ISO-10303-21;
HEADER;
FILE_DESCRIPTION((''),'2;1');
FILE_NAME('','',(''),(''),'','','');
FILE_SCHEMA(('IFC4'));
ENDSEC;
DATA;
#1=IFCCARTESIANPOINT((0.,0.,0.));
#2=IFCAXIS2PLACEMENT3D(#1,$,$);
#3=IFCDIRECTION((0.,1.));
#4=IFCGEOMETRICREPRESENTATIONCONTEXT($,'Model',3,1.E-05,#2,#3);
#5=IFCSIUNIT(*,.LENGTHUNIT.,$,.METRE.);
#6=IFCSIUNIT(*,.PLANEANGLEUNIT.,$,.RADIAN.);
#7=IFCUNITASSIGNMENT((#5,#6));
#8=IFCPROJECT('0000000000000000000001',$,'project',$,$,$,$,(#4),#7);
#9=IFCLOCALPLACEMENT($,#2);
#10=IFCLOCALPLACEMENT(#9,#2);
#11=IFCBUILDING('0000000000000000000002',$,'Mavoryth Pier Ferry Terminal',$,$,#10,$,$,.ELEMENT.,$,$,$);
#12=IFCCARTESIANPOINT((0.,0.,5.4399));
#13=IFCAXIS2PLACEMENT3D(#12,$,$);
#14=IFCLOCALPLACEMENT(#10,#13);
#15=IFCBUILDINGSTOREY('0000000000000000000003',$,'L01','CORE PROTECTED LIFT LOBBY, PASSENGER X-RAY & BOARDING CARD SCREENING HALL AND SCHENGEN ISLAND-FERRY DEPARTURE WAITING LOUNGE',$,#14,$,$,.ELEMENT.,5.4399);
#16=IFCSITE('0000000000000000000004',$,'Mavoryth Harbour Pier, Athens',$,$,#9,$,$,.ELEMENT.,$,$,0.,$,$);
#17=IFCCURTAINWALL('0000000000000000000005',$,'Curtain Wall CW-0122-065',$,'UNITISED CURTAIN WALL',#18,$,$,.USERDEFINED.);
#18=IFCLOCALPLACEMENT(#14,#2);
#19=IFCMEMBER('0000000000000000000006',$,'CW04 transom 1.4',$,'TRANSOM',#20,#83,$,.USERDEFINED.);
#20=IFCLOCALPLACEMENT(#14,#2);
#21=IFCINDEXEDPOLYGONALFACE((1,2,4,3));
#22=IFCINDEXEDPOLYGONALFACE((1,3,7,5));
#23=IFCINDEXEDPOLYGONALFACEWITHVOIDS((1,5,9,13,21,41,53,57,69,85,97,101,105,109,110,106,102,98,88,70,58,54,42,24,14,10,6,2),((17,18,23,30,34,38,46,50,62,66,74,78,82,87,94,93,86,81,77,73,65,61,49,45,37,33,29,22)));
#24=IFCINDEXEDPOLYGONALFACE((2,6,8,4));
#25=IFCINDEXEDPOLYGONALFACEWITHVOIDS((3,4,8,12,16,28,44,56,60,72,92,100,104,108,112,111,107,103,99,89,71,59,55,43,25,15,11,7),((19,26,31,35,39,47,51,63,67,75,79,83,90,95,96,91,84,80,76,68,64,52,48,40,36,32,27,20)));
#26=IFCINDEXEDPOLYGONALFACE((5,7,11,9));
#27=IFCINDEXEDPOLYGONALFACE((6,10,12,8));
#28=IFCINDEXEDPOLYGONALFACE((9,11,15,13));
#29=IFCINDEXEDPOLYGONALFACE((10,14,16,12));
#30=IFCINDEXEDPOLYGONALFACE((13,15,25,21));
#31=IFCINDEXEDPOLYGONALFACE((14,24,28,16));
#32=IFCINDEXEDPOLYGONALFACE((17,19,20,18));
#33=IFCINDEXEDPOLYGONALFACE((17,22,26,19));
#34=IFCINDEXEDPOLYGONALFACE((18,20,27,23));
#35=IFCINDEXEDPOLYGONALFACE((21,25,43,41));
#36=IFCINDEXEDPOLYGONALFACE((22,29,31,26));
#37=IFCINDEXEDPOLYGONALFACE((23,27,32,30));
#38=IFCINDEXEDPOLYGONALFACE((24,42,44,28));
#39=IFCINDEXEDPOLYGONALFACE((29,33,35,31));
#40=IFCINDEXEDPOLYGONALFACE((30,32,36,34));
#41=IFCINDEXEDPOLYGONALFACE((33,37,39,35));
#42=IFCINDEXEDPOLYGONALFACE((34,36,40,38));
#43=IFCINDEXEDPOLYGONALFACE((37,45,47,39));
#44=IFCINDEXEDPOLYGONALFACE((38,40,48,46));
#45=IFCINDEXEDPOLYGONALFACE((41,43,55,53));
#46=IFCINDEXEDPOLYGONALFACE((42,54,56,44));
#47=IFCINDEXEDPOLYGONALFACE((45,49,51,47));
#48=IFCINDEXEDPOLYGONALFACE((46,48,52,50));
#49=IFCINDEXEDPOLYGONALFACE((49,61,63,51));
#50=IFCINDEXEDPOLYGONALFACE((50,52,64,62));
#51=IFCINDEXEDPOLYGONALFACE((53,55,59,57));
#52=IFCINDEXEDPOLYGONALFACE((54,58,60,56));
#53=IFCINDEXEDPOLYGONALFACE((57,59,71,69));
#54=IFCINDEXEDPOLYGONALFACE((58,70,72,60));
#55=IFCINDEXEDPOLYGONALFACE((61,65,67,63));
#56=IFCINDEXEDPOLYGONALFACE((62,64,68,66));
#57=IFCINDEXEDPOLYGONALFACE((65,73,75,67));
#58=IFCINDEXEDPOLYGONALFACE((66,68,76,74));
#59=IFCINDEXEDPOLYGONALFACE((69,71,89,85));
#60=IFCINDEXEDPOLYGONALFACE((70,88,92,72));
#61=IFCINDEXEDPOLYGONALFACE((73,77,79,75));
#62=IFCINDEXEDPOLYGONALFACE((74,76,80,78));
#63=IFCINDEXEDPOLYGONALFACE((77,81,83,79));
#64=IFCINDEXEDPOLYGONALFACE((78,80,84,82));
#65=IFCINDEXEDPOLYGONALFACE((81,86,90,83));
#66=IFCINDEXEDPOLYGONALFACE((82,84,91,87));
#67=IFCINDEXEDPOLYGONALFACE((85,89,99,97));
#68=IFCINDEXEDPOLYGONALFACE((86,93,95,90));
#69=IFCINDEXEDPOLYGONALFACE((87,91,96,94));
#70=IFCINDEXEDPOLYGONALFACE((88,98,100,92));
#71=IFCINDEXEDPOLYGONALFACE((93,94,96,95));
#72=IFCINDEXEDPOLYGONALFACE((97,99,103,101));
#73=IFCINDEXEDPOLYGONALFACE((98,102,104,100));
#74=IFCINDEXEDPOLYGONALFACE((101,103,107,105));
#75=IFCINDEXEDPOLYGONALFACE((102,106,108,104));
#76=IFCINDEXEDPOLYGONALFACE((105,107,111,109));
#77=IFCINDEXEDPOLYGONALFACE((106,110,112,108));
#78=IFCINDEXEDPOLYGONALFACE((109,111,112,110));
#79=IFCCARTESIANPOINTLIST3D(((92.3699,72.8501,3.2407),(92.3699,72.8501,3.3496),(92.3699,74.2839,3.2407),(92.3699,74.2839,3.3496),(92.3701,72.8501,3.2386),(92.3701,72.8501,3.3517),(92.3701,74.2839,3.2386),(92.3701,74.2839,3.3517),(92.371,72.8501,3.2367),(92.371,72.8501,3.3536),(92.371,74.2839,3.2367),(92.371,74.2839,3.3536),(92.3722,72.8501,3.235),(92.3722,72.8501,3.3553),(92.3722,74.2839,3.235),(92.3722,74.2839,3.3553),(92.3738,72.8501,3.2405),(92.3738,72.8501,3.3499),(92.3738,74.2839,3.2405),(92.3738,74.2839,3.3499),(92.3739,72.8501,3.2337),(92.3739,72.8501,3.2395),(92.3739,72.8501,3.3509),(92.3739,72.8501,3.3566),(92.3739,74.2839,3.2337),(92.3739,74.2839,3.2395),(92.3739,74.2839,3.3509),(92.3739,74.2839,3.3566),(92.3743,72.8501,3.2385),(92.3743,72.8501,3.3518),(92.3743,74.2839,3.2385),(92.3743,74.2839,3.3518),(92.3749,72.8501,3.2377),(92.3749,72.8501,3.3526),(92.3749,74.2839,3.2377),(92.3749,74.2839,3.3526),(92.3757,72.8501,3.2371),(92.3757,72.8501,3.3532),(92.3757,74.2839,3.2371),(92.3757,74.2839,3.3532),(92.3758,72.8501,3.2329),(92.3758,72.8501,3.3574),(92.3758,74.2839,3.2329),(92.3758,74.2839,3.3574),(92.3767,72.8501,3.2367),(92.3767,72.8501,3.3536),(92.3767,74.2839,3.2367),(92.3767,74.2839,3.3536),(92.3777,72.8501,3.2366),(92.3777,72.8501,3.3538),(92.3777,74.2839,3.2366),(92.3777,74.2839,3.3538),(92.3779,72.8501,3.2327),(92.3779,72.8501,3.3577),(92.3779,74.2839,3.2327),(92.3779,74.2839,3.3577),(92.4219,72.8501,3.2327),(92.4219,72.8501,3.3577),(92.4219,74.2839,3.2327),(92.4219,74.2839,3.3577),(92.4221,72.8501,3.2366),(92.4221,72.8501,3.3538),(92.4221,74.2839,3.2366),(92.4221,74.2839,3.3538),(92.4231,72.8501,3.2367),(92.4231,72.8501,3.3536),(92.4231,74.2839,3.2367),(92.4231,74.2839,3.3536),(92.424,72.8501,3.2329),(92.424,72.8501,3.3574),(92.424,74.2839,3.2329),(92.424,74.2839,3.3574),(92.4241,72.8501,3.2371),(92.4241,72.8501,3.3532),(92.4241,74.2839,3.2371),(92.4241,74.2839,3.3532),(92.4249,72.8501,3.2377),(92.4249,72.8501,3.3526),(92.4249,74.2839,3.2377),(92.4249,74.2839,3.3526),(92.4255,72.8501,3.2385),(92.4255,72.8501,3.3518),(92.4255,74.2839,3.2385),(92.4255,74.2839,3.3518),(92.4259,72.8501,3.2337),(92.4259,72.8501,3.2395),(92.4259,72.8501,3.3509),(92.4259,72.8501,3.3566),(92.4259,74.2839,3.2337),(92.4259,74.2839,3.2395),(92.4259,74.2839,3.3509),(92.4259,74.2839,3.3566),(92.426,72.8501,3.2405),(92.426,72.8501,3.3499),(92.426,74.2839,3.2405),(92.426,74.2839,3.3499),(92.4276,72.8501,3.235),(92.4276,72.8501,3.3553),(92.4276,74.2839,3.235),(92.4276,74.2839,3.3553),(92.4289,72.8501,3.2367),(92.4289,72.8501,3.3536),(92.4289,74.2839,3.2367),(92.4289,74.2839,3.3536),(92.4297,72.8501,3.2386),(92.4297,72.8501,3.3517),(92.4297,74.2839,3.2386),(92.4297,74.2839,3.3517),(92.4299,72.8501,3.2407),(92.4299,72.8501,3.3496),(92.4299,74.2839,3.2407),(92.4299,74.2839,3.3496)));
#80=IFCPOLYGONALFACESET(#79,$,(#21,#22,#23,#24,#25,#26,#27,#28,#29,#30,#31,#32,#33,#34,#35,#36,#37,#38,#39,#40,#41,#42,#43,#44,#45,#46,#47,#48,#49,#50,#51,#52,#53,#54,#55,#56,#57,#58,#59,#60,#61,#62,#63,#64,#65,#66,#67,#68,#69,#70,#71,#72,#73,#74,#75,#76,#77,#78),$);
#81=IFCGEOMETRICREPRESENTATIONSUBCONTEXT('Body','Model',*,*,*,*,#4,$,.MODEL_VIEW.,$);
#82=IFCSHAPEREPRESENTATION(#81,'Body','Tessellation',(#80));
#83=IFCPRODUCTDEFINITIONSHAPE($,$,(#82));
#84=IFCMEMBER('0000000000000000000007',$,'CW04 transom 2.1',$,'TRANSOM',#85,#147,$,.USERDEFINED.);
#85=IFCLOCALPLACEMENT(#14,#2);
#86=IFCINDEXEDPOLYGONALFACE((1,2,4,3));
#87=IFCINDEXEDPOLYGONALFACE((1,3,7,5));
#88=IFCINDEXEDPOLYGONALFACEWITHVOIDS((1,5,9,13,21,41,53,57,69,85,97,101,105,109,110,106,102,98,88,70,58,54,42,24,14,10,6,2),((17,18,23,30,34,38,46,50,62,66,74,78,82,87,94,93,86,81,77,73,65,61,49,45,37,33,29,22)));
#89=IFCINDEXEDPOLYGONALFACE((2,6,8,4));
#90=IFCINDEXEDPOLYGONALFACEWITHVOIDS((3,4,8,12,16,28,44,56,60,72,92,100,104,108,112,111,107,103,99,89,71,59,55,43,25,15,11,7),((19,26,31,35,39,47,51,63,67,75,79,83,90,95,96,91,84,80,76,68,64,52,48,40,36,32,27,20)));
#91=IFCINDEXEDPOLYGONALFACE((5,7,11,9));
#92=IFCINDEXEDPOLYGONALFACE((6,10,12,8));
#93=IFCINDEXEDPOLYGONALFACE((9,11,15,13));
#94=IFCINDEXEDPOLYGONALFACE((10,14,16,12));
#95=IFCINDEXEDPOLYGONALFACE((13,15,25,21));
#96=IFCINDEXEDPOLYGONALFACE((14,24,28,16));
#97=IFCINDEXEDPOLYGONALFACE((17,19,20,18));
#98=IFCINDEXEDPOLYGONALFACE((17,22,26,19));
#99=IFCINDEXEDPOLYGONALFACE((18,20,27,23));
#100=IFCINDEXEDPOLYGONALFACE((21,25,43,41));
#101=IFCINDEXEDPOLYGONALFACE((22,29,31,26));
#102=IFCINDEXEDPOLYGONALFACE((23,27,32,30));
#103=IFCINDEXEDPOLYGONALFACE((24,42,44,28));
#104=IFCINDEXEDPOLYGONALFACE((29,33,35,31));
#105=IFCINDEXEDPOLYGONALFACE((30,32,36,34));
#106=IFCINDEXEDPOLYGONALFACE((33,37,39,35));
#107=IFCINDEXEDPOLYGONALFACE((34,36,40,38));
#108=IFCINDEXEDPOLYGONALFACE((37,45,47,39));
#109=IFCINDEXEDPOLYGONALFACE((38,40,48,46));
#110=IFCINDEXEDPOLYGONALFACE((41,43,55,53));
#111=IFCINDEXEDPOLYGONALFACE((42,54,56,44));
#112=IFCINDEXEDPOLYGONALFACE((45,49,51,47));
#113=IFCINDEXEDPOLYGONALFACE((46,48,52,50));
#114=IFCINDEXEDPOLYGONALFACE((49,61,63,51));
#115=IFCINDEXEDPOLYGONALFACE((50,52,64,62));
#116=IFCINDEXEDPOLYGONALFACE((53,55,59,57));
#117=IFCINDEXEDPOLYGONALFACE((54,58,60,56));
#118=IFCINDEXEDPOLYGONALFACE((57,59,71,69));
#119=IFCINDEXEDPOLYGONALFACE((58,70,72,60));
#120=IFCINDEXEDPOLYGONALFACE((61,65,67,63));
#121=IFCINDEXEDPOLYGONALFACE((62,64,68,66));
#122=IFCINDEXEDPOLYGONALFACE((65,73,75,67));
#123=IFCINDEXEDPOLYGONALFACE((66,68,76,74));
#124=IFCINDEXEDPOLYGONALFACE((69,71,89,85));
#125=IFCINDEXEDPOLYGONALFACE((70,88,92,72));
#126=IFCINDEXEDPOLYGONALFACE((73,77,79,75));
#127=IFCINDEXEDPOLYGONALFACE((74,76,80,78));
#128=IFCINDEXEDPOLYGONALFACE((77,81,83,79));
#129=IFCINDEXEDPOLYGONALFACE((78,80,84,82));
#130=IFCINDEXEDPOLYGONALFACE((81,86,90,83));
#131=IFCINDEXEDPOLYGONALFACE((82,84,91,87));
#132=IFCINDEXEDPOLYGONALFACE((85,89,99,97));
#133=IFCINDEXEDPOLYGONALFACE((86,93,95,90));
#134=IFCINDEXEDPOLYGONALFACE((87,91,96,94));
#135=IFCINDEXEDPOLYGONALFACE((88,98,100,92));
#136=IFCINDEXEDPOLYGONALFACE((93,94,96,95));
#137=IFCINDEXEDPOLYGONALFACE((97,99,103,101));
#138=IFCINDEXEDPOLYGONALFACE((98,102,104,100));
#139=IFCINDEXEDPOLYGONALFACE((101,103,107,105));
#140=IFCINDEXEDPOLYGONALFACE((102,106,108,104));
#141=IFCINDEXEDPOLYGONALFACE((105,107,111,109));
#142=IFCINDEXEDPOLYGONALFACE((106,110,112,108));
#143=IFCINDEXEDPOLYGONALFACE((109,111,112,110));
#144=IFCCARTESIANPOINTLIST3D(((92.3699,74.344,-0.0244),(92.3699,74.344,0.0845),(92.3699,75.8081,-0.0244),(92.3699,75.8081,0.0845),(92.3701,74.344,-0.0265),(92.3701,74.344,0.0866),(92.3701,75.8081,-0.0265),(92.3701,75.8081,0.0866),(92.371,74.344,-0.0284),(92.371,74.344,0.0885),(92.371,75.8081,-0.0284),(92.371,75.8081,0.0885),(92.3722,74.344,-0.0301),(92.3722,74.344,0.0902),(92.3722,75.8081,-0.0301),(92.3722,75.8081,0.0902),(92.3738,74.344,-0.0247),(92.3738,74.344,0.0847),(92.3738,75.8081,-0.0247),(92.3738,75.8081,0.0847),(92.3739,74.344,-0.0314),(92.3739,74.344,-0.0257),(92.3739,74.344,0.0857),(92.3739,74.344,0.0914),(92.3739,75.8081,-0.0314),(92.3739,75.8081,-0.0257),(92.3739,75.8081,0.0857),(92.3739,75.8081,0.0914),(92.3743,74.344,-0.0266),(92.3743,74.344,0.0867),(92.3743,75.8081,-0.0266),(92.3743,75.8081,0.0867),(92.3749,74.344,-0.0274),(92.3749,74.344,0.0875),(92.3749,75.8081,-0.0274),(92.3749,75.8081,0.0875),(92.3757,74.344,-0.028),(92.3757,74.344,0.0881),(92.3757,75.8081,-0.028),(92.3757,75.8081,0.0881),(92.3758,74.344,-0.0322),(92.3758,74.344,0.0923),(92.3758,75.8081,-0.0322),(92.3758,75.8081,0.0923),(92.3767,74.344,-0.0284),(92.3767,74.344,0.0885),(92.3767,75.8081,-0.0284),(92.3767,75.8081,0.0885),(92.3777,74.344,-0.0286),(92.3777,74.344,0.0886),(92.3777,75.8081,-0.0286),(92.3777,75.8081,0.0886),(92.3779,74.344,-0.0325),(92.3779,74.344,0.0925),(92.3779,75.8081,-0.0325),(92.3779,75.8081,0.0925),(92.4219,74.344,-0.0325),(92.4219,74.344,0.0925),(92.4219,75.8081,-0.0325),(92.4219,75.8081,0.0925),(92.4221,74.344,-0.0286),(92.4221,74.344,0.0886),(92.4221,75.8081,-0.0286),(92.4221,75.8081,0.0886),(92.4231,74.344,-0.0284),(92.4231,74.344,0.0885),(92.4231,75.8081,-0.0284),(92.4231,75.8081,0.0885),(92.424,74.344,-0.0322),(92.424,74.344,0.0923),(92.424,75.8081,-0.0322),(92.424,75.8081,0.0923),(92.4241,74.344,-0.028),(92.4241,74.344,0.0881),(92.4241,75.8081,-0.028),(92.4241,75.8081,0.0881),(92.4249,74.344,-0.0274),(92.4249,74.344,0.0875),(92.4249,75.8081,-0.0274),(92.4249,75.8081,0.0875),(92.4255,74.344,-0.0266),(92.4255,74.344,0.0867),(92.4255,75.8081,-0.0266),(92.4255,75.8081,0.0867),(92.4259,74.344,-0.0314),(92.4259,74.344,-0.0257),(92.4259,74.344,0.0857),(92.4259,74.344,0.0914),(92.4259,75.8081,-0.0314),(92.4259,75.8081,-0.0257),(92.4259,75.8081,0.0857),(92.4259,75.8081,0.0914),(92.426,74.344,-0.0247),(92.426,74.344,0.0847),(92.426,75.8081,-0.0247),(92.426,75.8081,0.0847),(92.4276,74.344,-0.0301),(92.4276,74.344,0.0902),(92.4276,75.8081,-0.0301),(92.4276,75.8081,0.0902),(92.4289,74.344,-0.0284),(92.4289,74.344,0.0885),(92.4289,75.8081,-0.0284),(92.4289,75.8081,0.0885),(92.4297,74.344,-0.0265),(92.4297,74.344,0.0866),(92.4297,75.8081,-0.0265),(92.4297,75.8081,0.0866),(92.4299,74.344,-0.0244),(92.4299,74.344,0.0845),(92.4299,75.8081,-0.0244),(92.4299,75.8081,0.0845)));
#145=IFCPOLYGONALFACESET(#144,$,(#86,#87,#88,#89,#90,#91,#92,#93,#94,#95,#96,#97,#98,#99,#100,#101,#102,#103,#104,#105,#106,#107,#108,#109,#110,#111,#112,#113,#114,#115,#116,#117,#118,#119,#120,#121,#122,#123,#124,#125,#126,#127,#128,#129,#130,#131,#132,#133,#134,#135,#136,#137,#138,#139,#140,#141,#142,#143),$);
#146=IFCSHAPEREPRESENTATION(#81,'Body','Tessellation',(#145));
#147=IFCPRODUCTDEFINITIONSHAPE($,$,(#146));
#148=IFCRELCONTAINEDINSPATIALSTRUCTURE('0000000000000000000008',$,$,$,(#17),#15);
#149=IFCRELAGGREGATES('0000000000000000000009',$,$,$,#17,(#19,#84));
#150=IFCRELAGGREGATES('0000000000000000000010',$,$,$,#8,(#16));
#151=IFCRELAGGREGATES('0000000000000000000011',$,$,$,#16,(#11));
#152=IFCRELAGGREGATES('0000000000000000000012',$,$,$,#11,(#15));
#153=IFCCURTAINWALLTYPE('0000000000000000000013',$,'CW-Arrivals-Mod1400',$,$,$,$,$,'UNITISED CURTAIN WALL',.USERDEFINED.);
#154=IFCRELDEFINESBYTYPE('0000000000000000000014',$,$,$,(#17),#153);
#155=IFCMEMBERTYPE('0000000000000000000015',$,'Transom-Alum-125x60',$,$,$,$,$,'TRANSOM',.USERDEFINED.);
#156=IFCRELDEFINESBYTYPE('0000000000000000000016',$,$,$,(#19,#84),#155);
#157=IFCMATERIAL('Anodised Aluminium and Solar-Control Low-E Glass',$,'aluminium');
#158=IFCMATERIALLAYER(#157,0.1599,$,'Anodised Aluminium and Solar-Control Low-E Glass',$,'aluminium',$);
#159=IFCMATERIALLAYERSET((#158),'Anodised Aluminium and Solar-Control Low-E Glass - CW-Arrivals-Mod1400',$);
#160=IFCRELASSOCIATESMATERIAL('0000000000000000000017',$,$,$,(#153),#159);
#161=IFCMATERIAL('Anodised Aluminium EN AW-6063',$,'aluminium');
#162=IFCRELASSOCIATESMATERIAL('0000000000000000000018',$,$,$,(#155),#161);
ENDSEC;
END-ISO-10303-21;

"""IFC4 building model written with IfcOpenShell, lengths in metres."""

from ifc_helpers import new_model, si_unit, direction, frame, origin, origin_2d, place, context, subcontext, project, spatial, hollow_rectangle, extrude, material, layer, layer_set, material_profile, profile_set, type_object, element, aggregate, save


model = new_model("IFC4")

# Units and contexts
model_context = context("Model", 3, precision=1e-05, world=origin(), true_north=direction((0.0, 1.0)))
body_context = subcontext(model_context, "Body", "Model", "MODEL_VIEW")
ifc_project = project(units=[si_unit("LENGTHUNIT", "METRE"), si_unit("PLANEANGLEUNIT", "RADIAN")], contexts=[model_context])

# Site, building, storey
site_placement = place(None, origin())
site = spatial("IfcSite", under=ifc_project, at=site_placement, Name="Mavoryth Harbour Pier, Athens", CompositionType="ELEMENT", RefElevation=0.0)
building_placement = place(site_placement, origin())
building = spatial("IfcBuilding", under=site, at=building_placement, Name="Mavoryth Pier Ferry Terminal", CompositionType="ELEMENT")
storey_placement = place(building_placement, frame((0.0, 0.0, 5.4399)))
storey = spatial("IfcBuildingStorey", under=building, at=storey_placement, Name="L01", Description="CORE PROTECTED LIFT LOBBY, PASSENGER X-RAY & BOARDING CARD SCREENING HALL AND SCHENGEN ISLAND-FERRY DEPARTURE WAITING LOUNGE", CompositionType="ELEMENT", Elevation=5.4399)

# Curtain wall
ifc_material_1 = material(Name="Anodised Aluminium and Solar-Control Low-E Glass", Category="aluminium")
ifc_layer_1 = layer(ifc_material_1, 0.1599, Name="Anodised Aluminium and Solar-Control Low-E Glass", Category="aluminium")
ifc_layer_set_1 = layer_set([ifc_layer_1], Name="Anodised Aluminium and Solar-Control Low-E Glass - CW-Arrivals-Mod1400")
curtain_wall_type = type_object("IfcCurtainWallType", Name="CW-Arrivals-Mod1400", ElementType="UNITISED CURTAIN WALL", PredefinedType="USERDEFINED", material=ifc_layer_set_1)
ifc_material_2 = material(Name="Anodised Aluminium EN AW-6063", Category="aluminium")
curtain_wall_1_placement = place(storey_placement, origin())
curtain_wall_1 = element("IfcCurtainWall", 1, at=curtain_wall_1_placement, inside=storey, type_object=curtain_wall_type, Name="Curtain Wall CW-0122-065", ObjectType="UNITISED CURTAIN WALL", PredefinedType="USERDEFINED")

# Members
ifc_material_profile_1 = material_profile(ifc_material_2, hollow_rectangle(XDim=0.0601, YDim=0.125, WallThickness=0.0039, InnerFilletRadius=0.0039, OuterFilletRadius=0.0081, at=origin_2d()), Name="AL-TRAN 125x60x4", Category="aluminium")
ifc_profile_set_1 = profile_set([ifc_material_profile_1], Name="Anodised Aluminium EN AW-6063 - AL-TRAN 125x60x4")
member_type_1 = type_object("IfcMemberType", Name="Transom-Alum-125x60", ElementType="TRANSOM", PredefinedType="USERDEFINED", material=ifc_profile_set_1)
member_1_placement = place(storey_placement, frame((92.3999, 72.8501, 3.2952), z_axis=(0.0, 1.0, 0.0), x_axis=(-1.0, 0.0, 0.0)))
member_1 = element("IfcMember", 2, at=member_1_placement, type_object=member_type_1, Name="CW04 transom 1.4", ObjectType="TRANSOM", PredefinedType="USERDEFINED", context=body_context, shape_type="SweptSolid", body=[
    extrude(hollow_rectangle(XDim=0.0601, YDim=0.125, WallThickness=0.0039, InnerFilletRadius=0.0039, OuterFilletRadius=0.0081, at=origin_2d()), origin(), (0.0, 0.0, 1.0), 1.4338),
])
member_2_placement = place(storey_placement, frame((92.3999, 74.344, 0.03), z_axis=(0.0, 1.0, 0.0), x_axis=(-1.0, 0.0, 0.0)))
member_2 = element("IfcMember", 3, at=member_2_placement, type_object=member_type_1, Name="CW04 transom 2.1", ObjectType="TRANSOM", PredefinedType="USERDEFINED", context=body_context, shape_type="SweptSolid", body=[
    extrude(hollow_rectangle(XDim=0.0601, YDim=0.125, WallThickness=0.0039, InnerFilletRadius=0.0039, OuterFilletRadius=0.0081, at=origin_2d()), origin(), (0.0, 0.0, 1.0), 1.4641),
])

aggregate(curtain_wall_1, [member_1, member_2])

save(model, "model.ifc")
